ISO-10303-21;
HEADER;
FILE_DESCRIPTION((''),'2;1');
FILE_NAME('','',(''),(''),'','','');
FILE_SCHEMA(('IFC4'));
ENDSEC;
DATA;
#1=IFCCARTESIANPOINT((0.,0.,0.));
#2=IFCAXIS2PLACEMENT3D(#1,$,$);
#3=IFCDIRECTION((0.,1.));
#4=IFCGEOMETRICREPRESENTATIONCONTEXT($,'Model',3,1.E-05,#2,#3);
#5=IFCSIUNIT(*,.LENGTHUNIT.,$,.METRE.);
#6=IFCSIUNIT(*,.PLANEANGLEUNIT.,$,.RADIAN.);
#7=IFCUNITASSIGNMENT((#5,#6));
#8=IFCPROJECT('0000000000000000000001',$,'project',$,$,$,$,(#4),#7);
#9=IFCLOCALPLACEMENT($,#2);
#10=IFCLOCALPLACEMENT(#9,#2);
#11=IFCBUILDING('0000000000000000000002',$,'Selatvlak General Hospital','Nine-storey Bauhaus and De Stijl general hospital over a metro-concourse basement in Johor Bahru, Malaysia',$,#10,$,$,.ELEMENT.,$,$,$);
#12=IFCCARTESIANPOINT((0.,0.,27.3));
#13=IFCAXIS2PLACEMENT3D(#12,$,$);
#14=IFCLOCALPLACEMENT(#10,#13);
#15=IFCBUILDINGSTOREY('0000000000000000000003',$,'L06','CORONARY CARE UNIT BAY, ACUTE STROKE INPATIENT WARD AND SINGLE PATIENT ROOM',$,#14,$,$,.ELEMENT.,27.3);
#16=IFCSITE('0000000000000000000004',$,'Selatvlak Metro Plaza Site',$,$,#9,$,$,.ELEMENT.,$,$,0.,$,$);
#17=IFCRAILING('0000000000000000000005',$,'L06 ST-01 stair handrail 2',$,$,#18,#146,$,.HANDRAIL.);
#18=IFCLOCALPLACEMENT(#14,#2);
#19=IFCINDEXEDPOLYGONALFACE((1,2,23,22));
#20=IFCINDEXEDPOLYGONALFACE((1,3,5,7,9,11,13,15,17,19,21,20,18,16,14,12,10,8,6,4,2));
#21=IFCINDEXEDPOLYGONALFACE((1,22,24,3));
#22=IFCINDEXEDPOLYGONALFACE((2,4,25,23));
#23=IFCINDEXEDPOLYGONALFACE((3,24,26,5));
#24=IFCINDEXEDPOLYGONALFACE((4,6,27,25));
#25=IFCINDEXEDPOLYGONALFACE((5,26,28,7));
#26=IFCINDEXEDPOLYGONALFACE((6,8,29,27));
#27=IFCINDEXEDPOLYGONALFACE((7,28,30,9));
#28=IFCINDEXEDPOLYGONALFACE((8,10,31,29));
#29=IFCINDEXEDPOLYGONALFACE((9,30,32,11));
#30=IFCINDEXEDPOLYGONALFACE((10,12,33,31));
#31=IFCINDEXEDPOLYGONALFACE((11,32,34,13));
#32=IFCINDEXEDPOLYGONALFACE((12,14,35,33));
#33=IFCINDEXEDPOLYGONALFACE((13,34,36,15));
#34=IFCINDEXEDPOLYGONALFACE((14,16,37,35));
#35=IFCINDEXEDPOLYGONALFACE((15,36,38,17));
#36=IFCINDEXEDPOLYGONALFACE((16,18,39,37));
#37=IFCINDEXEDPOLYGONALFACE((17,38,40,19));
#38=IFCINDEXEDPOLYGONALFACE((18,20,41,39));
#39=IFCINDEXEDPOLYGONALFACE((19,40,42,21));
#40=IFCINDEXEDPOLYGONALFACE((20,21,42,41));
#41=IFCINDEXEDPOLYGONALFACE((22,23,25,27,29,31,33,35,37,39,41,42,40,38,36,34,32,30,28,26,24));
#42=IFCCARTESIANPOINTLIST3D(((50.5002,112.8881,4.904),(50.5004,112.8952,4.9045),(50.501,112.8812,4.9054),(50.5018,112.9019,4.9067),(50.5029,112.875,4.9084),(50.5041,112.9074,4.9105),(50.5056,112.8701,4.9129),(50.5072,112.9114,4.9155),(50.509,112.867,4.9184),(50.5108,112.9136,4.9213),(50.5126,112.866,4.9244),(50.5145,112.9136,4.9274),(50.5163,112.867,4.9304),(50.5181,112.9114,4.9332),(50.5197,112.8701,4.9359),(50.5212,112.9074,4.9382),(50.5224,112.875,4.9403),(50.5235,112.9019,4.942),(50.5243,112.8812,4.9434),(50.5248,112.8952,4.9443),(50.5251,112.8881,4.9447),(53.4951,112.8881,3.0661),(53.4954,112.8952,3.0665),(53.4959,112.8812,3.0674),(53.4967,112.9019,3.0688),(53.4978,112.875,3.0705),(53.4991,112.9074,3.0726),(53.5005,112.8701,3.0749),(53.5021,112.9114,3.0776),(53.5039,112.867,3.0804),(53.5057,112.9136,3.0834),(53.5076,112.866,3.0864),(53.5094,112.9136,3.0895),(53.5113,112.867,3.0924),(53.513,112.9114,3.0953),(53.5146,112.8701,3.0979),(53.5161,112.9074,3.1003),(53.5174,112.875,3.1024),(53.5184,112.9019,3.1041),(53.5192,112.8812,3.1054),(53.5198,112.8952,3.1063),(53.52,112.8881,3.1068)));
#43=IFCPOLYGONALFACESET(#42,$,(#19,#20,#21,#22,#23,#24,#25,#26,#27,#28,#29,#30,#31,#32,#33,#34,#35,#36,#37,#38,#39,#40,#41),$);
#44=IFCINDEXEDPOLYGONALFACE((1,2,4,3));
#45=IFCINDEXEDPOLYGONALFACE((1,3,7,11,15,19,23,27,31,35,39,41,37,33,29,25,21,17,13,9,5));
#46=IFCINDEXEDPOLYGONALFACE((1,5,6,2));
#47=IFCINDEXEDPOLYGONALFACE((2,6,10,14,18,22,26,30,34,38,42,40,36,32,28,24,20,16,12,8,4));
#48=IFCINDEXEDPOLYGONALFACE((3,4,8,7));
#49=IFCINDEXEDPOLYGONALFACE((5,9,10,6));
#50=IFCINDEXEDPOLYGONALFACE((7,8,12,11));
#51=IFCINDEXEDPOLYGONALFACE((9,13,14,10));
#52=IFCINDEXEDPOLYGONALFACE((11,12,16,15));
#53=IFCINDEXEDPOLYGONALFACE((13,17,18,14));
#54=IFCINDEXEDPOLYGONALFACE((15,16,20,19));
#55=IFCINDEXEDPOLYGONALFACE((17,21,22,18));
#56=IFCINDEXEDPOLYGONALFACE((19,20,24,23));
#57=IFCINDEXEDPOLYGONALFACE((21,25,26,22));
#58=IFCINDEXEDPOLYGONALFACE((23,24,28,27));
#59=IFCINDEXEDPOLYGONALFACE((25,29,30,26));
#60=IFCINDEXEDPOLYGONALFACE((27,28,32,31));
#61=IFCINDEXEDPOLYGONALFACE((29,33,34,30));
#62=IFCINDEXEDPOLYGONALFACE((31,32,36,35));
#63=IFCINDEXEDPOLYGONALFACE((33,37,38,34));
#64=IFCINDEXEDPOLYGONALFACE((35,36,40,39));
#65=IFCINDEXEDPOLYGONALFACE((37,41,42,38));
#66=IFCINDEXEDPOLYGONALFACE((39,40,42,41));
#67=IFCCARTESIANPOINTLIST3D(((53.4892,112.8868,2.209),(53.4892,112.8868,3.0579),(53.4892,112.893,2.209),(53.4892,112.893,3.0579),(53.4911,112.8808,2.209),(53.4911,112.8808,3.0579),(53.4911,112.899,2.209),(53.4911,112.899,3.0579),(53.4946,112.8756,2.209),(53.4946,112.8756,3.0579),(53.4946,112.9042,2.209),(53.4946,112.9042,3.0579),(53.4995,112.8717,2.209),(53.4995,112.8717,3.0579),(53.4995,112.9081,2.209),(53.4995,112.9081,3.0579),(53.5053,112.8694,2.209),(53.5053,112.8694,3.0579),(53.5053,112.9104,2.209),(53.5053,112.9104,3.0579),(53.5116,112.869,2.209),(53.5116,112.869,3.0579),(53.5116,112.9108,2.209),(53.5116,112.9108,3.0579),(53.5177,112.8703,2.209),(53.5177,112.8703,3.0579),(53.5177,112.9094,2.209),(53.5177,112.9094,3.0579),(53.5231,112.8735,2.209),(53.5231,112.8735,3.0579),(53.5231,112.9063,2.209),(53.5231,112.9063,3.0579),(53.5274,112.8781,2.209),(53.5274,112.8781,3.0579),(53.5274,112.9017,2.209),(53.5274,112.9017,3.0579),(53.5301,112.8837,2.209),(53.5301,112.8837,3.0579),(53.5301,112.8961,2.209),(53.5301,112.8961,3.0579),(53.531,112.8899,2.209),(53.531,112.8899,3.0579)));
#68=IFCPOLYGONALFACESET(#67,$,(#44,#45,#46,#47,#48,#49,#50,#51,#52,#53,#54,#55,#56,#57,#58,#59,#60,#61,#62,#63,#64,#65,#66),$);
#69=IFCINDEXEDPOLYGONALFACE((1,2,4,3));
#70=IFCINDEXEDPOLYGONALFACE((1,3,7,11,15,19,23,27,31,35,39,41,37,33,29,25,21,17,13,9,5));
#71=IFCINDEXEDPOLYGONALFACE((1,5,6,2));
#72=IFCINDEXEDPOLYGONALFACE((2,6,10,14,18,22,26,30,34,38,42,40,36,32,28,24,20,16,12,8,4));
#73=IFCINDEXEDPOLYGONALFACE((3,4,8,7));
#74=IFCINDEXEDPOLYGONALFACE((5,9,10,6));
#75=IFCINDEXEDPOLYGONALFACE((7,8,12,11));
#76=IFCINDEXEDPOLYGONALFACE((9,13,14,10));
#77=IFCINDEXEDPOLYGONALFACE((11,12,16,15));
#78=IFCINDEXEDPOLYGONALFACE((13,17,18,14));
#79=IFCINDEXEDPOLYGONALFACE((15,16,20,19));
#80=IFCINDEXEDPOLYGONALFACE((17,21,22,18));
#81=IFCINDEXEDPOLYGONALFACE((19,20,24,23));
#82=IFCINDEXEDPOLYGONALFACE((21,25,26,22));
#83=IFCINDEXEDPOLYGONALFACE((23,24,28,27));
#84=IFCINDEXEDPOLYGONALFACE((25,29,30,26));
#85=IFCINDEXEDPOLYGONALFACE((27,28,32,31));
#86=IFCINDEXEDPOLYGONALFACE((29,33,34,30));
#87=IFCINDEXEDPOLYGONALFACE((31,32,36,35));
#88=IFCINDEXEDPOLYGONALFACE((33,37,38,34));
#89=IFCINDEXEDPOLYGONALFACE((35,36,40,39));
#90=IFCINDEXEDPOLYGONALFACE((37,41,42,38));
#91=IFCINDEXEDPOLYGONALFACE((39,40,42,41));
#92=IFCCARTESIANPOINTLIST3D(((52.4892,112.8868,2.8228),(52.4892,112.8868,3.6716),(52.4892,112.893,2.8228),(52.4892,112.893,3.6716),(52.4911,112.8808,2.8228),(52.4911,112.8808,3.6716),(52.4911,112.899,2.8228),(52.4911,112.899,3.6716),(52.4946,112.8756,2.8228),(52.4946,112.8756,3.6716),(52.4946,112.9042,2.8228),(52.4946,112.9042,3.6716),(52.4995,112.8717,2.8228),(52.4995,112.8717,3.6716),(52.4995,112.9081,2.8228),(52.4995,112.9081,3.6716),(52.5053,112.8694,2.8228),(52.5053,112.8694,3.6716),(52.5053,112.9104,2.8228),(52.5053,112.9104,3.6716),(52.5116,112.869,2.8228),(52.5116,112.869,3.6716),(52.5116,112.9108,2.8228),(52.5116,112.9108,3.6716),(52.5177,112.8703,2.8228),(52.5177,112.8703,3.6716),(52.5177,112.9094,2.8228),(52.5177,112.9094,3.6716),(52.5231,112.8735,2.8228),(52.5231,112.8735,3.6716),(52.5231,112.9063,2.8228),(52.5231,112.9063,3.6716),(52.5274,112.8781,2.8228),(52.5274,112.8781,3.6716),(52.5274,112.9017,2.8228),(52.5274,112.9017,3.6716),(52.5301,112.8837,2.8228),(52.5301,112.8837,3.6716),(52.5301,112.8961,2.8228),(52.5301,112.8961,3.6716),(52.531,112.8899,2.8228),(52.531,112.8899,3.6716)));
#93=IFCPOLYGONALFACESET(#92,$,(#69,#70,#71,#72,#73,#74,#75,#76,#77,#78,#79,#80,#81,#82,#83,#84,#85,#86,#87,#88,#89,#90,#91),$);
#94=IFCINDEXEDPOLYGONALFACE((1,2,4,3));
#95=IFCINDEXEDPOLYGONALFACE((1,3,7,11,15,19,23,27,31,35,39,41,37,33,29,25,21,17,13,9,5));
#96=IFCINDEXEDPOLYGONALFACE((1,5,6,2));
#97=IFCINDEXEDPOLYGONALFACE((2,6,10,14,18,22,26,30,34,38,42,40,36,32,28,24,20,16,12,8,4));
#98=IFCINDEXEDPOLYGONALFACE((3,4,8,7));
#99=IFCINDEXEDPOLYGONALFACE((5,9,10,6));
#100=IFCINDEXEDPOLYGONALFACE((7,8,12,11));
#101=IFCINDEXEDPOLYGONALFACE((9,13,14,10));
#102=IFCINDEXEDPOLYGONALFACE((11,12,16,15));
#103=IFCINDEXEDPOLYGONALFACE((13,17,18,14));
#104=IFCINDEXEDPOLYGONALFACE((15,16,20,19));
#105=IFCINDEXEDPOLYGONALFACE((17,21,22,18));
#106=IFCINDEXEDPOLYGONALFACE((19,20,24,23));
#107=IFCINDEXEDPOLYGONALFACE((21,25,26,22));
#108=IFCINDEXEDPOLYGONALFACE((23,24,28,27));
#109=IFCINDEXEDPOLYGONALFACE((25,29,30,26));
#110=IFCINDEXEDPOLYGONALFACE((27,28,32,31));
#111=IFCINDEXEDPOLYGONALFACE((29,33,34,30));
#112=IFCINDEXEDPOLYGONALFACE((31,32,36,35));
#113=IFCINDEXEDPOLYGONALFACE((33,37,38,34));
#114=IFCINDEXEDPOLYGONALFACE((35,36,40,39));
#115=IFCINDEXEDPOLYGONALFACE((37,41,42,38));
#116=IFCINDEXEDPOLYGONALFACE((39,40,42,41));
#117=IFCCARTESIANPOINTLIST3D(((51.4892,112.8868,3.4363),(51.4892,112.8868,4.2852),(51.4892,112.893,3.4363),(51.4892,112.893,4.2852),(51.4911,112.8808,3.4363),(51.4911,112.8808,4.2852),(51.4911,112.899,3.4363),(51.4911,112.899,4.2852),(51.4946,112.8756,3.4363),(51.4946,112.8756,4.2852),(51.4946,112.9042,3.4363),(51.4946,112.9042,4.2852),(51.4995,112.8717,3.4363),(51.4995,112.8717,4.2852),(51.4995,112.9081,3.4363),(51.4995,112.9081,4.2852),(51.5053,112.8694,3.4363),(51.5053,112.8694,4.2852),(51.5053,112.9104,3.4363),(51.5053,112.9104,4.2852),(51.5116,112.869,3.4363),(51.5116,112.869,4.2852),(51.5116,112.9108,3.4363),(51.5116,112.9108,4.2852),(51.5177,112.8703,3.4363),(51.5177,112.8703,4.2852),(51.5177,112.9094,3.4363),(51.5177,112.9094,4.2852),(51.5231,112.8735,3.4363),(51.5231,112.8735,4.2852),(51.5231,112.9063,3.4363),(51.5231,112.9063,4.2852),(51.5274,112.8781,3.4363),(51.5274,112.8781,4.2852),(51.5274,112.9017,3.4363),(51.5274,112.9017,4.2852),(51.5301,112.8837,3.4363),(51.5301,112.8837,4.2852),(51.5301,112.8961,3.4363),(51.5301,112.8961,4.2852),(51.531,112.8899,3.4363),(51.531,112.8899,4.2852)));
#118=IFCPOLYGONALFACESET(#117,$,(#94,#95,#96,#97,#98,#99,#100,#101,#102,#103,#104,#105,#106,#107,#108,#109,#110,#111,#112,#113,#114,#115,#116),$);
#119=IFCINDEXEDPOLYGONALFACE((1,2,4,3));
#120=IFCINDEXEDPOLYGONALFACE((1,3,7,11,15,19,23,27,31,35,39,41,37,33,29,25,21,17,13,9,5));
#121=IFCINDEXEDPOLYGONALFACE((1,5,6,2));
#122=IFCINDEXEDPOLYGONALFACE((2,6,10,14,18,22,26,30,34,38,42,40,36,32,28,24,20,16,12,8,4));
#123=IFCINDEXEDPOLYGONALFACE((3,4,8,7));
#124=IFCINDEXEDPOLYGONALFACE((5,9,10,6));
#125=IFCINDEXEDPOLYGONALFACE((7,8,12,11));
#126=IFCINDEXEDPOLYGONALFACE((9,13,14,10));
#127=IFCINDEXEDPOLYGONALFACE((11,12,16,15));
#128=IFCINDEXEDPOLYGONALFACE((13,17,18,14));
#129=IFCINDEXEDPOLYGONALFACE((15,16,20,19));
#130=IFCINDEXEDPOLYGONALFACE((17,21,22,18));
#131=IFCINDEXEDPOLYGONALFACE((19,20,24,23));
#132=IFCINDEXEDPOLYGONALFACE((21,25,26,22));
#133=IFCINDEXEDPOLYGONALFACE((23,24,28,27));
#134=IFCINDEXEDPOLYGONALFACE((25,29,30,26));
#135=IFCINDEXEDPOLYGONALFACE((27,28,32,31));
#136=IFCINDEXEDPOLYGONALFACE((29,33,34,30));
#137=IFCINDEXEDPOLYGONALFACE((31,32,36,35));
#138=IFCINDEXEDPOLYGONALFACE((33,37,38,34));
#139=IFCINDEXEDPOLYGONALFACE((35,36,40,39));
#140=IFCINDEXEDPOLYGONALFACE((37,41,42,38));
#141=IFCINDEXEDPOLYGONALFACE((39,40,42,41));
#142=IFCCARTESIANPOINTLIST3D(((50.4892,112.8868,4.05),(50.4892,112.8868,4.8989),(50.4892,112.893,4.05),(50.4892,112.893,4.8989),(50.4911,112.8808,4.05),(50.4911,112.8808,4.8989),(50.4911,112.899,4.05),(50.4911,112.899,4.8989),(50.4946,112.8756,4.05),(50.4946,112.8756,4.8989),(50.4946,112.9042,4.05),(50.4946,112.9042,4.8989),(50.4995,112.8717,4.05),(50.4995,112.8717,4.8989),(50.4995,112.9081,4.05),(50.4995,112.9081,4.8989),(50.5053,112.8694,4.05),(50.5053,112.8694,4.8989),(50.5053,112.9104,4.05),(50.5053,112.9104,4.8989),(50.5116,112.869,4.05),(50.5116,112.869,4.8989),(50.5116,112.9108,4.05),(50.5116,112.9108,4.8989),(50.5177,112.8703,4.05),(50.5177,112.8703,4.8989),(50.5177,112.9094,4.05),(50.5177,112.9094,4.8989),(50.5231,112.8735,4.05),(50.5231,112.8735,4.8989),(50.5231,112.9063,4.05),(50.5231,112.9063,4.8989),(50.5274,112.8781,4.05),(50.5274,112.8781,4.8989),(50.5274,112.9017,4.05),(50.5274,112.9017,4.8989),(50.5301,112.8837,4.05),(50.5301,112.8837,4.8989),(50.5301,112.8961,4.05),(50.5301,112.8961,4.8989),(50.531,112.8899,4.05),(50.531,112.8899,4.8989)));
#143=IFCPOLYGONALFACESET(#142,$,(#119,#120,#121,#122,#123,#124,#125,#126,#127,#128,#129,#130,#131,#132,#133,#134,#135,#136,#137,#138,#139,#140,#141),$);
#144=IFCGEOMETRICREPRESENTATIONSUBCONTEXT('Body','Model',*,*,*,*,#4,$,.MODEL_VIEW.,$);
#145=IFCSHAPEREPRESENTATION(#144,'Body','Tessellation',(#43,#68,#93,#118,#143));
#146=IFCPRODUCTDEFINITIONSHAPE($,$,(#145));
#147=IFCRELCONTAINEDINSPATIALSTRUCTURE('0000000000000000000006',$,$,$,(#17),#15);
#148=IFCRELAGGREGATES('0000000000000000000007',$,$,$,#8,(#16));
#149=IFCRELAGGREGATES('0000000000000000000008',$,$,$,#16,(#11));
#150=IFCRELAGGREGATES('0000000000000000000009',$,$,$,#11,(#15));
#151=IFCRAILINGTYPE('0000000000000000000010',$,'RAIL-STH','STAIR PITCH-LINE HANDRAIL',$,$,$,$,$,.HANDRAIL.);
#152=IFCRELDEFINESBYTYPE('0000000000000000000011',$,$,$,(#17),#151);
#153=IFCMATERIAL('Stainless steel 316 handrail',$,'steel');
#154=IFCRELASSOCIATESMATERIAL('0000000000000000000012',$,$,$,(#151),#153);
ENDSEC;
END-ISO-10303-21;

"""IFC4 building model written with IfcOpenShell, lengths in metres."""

from ifc_helpers import new_model, si_unit, direction, frame, origin, origin_2d, place, context, subcontext, project, spatial, circle, extrude, material, type_object, element, save


model = new_model("IFC4")

# Units and contexts
model_context = context("Model", 3, precision=1e-05, world=origin(), true_north=direction((0.0, 1.0)))
body_context = subcontext(model_context, "Body", "Model", "MODEL_VIEW")
ifc_project = project(units=[si_unit("LENGTHUNIT", "METRE"), si_unit("PLANEANGLEUNIT", "RADIAN")], contexts=[model_context])

# Site, building, storey
site_placement = place(None, origin())
site = spatial("IfcSite", under=ifc_project, at=site_placement, Name="Selatvlak Metro Plaza Site", CompositionType="ELEMENT", RefElevation=0.0)
building_placement = place(site_placement, origin())
building = spatial("IfcBuilding", under=site, at=building_placement, Name="Selatvlak General Hospital", Description="Nine-storey Bauhaus and De Stijl general hospital over a metro-concourse basement in Johor Bahru, Malaysia", CompositionType="ELEMENT")
storey_placement = place(building_placement, frame((0.0, 0.0, 27.3)))
storey = spatial("IfcBuildingStorey", under=building, at=storey_placement, Name="L06", Description="CORONARY CARE UNIT BAY, ACUTE STROKE INPATIENT WARD AND SINGLE PATIENT ROOM", CompositionType="ELEMENT", Elevation=27.3)

# Railing
ifc_material_1 = material(Name="Stainless steel 316 handrail", Category="steel")
railing_type_1 = type_object("IfcRailingType", Name="RAIL-STH", Description="STAIR PITCH-LINE HANDRAIL", PredefinedType="HANDRAIL", material=ifc_material_1)
railing_1_placement = place(storey_placement, frame((53.51, 112.8899, 2.209)))
element("IfcRailing", 1, at=railing_1_placement, inside=storey, type_object=railing_type_1, Name="L06 ST-01 stair handrail 2", PredefinedType="HANDRAIL", context=body_context, shape_type="SweptSolid", body=[
    extrude(circle(Radius=0.0239, at=origin_2d()), frame((-0.0024, 0.0, 0.8774), z_axis=(-0.852303, 0.0, 0.523048), x_axis=(0.0, -1.0, 0.0)), (0.0, 0.0, 1.0), 3.5139),
    extrude(circle(Radius=0.021, at=origin_2d()), origin(), (0.0, 0.0, 1.0), 0.8489),
    extrude(circle(Radius=0.021, at=origin_2d()), frame((-1.0, 0.0, 0.6138)), (0.0, 0.0, 1.0), 0.8489),
    extrude(circle(Radius=0.021, at=origin_2d()), frame((-2.0, 0.0, 1.2273)), (0.0, 0.0, 1.0), 0.8489),
    extrude(circle(Radius=0.021, at=origin_2d()), frame((-3.0, 0.0, 1.8411)), (0.0, 0.0, 1.0), 0.8489),
])

save(model, "model.ifc")
